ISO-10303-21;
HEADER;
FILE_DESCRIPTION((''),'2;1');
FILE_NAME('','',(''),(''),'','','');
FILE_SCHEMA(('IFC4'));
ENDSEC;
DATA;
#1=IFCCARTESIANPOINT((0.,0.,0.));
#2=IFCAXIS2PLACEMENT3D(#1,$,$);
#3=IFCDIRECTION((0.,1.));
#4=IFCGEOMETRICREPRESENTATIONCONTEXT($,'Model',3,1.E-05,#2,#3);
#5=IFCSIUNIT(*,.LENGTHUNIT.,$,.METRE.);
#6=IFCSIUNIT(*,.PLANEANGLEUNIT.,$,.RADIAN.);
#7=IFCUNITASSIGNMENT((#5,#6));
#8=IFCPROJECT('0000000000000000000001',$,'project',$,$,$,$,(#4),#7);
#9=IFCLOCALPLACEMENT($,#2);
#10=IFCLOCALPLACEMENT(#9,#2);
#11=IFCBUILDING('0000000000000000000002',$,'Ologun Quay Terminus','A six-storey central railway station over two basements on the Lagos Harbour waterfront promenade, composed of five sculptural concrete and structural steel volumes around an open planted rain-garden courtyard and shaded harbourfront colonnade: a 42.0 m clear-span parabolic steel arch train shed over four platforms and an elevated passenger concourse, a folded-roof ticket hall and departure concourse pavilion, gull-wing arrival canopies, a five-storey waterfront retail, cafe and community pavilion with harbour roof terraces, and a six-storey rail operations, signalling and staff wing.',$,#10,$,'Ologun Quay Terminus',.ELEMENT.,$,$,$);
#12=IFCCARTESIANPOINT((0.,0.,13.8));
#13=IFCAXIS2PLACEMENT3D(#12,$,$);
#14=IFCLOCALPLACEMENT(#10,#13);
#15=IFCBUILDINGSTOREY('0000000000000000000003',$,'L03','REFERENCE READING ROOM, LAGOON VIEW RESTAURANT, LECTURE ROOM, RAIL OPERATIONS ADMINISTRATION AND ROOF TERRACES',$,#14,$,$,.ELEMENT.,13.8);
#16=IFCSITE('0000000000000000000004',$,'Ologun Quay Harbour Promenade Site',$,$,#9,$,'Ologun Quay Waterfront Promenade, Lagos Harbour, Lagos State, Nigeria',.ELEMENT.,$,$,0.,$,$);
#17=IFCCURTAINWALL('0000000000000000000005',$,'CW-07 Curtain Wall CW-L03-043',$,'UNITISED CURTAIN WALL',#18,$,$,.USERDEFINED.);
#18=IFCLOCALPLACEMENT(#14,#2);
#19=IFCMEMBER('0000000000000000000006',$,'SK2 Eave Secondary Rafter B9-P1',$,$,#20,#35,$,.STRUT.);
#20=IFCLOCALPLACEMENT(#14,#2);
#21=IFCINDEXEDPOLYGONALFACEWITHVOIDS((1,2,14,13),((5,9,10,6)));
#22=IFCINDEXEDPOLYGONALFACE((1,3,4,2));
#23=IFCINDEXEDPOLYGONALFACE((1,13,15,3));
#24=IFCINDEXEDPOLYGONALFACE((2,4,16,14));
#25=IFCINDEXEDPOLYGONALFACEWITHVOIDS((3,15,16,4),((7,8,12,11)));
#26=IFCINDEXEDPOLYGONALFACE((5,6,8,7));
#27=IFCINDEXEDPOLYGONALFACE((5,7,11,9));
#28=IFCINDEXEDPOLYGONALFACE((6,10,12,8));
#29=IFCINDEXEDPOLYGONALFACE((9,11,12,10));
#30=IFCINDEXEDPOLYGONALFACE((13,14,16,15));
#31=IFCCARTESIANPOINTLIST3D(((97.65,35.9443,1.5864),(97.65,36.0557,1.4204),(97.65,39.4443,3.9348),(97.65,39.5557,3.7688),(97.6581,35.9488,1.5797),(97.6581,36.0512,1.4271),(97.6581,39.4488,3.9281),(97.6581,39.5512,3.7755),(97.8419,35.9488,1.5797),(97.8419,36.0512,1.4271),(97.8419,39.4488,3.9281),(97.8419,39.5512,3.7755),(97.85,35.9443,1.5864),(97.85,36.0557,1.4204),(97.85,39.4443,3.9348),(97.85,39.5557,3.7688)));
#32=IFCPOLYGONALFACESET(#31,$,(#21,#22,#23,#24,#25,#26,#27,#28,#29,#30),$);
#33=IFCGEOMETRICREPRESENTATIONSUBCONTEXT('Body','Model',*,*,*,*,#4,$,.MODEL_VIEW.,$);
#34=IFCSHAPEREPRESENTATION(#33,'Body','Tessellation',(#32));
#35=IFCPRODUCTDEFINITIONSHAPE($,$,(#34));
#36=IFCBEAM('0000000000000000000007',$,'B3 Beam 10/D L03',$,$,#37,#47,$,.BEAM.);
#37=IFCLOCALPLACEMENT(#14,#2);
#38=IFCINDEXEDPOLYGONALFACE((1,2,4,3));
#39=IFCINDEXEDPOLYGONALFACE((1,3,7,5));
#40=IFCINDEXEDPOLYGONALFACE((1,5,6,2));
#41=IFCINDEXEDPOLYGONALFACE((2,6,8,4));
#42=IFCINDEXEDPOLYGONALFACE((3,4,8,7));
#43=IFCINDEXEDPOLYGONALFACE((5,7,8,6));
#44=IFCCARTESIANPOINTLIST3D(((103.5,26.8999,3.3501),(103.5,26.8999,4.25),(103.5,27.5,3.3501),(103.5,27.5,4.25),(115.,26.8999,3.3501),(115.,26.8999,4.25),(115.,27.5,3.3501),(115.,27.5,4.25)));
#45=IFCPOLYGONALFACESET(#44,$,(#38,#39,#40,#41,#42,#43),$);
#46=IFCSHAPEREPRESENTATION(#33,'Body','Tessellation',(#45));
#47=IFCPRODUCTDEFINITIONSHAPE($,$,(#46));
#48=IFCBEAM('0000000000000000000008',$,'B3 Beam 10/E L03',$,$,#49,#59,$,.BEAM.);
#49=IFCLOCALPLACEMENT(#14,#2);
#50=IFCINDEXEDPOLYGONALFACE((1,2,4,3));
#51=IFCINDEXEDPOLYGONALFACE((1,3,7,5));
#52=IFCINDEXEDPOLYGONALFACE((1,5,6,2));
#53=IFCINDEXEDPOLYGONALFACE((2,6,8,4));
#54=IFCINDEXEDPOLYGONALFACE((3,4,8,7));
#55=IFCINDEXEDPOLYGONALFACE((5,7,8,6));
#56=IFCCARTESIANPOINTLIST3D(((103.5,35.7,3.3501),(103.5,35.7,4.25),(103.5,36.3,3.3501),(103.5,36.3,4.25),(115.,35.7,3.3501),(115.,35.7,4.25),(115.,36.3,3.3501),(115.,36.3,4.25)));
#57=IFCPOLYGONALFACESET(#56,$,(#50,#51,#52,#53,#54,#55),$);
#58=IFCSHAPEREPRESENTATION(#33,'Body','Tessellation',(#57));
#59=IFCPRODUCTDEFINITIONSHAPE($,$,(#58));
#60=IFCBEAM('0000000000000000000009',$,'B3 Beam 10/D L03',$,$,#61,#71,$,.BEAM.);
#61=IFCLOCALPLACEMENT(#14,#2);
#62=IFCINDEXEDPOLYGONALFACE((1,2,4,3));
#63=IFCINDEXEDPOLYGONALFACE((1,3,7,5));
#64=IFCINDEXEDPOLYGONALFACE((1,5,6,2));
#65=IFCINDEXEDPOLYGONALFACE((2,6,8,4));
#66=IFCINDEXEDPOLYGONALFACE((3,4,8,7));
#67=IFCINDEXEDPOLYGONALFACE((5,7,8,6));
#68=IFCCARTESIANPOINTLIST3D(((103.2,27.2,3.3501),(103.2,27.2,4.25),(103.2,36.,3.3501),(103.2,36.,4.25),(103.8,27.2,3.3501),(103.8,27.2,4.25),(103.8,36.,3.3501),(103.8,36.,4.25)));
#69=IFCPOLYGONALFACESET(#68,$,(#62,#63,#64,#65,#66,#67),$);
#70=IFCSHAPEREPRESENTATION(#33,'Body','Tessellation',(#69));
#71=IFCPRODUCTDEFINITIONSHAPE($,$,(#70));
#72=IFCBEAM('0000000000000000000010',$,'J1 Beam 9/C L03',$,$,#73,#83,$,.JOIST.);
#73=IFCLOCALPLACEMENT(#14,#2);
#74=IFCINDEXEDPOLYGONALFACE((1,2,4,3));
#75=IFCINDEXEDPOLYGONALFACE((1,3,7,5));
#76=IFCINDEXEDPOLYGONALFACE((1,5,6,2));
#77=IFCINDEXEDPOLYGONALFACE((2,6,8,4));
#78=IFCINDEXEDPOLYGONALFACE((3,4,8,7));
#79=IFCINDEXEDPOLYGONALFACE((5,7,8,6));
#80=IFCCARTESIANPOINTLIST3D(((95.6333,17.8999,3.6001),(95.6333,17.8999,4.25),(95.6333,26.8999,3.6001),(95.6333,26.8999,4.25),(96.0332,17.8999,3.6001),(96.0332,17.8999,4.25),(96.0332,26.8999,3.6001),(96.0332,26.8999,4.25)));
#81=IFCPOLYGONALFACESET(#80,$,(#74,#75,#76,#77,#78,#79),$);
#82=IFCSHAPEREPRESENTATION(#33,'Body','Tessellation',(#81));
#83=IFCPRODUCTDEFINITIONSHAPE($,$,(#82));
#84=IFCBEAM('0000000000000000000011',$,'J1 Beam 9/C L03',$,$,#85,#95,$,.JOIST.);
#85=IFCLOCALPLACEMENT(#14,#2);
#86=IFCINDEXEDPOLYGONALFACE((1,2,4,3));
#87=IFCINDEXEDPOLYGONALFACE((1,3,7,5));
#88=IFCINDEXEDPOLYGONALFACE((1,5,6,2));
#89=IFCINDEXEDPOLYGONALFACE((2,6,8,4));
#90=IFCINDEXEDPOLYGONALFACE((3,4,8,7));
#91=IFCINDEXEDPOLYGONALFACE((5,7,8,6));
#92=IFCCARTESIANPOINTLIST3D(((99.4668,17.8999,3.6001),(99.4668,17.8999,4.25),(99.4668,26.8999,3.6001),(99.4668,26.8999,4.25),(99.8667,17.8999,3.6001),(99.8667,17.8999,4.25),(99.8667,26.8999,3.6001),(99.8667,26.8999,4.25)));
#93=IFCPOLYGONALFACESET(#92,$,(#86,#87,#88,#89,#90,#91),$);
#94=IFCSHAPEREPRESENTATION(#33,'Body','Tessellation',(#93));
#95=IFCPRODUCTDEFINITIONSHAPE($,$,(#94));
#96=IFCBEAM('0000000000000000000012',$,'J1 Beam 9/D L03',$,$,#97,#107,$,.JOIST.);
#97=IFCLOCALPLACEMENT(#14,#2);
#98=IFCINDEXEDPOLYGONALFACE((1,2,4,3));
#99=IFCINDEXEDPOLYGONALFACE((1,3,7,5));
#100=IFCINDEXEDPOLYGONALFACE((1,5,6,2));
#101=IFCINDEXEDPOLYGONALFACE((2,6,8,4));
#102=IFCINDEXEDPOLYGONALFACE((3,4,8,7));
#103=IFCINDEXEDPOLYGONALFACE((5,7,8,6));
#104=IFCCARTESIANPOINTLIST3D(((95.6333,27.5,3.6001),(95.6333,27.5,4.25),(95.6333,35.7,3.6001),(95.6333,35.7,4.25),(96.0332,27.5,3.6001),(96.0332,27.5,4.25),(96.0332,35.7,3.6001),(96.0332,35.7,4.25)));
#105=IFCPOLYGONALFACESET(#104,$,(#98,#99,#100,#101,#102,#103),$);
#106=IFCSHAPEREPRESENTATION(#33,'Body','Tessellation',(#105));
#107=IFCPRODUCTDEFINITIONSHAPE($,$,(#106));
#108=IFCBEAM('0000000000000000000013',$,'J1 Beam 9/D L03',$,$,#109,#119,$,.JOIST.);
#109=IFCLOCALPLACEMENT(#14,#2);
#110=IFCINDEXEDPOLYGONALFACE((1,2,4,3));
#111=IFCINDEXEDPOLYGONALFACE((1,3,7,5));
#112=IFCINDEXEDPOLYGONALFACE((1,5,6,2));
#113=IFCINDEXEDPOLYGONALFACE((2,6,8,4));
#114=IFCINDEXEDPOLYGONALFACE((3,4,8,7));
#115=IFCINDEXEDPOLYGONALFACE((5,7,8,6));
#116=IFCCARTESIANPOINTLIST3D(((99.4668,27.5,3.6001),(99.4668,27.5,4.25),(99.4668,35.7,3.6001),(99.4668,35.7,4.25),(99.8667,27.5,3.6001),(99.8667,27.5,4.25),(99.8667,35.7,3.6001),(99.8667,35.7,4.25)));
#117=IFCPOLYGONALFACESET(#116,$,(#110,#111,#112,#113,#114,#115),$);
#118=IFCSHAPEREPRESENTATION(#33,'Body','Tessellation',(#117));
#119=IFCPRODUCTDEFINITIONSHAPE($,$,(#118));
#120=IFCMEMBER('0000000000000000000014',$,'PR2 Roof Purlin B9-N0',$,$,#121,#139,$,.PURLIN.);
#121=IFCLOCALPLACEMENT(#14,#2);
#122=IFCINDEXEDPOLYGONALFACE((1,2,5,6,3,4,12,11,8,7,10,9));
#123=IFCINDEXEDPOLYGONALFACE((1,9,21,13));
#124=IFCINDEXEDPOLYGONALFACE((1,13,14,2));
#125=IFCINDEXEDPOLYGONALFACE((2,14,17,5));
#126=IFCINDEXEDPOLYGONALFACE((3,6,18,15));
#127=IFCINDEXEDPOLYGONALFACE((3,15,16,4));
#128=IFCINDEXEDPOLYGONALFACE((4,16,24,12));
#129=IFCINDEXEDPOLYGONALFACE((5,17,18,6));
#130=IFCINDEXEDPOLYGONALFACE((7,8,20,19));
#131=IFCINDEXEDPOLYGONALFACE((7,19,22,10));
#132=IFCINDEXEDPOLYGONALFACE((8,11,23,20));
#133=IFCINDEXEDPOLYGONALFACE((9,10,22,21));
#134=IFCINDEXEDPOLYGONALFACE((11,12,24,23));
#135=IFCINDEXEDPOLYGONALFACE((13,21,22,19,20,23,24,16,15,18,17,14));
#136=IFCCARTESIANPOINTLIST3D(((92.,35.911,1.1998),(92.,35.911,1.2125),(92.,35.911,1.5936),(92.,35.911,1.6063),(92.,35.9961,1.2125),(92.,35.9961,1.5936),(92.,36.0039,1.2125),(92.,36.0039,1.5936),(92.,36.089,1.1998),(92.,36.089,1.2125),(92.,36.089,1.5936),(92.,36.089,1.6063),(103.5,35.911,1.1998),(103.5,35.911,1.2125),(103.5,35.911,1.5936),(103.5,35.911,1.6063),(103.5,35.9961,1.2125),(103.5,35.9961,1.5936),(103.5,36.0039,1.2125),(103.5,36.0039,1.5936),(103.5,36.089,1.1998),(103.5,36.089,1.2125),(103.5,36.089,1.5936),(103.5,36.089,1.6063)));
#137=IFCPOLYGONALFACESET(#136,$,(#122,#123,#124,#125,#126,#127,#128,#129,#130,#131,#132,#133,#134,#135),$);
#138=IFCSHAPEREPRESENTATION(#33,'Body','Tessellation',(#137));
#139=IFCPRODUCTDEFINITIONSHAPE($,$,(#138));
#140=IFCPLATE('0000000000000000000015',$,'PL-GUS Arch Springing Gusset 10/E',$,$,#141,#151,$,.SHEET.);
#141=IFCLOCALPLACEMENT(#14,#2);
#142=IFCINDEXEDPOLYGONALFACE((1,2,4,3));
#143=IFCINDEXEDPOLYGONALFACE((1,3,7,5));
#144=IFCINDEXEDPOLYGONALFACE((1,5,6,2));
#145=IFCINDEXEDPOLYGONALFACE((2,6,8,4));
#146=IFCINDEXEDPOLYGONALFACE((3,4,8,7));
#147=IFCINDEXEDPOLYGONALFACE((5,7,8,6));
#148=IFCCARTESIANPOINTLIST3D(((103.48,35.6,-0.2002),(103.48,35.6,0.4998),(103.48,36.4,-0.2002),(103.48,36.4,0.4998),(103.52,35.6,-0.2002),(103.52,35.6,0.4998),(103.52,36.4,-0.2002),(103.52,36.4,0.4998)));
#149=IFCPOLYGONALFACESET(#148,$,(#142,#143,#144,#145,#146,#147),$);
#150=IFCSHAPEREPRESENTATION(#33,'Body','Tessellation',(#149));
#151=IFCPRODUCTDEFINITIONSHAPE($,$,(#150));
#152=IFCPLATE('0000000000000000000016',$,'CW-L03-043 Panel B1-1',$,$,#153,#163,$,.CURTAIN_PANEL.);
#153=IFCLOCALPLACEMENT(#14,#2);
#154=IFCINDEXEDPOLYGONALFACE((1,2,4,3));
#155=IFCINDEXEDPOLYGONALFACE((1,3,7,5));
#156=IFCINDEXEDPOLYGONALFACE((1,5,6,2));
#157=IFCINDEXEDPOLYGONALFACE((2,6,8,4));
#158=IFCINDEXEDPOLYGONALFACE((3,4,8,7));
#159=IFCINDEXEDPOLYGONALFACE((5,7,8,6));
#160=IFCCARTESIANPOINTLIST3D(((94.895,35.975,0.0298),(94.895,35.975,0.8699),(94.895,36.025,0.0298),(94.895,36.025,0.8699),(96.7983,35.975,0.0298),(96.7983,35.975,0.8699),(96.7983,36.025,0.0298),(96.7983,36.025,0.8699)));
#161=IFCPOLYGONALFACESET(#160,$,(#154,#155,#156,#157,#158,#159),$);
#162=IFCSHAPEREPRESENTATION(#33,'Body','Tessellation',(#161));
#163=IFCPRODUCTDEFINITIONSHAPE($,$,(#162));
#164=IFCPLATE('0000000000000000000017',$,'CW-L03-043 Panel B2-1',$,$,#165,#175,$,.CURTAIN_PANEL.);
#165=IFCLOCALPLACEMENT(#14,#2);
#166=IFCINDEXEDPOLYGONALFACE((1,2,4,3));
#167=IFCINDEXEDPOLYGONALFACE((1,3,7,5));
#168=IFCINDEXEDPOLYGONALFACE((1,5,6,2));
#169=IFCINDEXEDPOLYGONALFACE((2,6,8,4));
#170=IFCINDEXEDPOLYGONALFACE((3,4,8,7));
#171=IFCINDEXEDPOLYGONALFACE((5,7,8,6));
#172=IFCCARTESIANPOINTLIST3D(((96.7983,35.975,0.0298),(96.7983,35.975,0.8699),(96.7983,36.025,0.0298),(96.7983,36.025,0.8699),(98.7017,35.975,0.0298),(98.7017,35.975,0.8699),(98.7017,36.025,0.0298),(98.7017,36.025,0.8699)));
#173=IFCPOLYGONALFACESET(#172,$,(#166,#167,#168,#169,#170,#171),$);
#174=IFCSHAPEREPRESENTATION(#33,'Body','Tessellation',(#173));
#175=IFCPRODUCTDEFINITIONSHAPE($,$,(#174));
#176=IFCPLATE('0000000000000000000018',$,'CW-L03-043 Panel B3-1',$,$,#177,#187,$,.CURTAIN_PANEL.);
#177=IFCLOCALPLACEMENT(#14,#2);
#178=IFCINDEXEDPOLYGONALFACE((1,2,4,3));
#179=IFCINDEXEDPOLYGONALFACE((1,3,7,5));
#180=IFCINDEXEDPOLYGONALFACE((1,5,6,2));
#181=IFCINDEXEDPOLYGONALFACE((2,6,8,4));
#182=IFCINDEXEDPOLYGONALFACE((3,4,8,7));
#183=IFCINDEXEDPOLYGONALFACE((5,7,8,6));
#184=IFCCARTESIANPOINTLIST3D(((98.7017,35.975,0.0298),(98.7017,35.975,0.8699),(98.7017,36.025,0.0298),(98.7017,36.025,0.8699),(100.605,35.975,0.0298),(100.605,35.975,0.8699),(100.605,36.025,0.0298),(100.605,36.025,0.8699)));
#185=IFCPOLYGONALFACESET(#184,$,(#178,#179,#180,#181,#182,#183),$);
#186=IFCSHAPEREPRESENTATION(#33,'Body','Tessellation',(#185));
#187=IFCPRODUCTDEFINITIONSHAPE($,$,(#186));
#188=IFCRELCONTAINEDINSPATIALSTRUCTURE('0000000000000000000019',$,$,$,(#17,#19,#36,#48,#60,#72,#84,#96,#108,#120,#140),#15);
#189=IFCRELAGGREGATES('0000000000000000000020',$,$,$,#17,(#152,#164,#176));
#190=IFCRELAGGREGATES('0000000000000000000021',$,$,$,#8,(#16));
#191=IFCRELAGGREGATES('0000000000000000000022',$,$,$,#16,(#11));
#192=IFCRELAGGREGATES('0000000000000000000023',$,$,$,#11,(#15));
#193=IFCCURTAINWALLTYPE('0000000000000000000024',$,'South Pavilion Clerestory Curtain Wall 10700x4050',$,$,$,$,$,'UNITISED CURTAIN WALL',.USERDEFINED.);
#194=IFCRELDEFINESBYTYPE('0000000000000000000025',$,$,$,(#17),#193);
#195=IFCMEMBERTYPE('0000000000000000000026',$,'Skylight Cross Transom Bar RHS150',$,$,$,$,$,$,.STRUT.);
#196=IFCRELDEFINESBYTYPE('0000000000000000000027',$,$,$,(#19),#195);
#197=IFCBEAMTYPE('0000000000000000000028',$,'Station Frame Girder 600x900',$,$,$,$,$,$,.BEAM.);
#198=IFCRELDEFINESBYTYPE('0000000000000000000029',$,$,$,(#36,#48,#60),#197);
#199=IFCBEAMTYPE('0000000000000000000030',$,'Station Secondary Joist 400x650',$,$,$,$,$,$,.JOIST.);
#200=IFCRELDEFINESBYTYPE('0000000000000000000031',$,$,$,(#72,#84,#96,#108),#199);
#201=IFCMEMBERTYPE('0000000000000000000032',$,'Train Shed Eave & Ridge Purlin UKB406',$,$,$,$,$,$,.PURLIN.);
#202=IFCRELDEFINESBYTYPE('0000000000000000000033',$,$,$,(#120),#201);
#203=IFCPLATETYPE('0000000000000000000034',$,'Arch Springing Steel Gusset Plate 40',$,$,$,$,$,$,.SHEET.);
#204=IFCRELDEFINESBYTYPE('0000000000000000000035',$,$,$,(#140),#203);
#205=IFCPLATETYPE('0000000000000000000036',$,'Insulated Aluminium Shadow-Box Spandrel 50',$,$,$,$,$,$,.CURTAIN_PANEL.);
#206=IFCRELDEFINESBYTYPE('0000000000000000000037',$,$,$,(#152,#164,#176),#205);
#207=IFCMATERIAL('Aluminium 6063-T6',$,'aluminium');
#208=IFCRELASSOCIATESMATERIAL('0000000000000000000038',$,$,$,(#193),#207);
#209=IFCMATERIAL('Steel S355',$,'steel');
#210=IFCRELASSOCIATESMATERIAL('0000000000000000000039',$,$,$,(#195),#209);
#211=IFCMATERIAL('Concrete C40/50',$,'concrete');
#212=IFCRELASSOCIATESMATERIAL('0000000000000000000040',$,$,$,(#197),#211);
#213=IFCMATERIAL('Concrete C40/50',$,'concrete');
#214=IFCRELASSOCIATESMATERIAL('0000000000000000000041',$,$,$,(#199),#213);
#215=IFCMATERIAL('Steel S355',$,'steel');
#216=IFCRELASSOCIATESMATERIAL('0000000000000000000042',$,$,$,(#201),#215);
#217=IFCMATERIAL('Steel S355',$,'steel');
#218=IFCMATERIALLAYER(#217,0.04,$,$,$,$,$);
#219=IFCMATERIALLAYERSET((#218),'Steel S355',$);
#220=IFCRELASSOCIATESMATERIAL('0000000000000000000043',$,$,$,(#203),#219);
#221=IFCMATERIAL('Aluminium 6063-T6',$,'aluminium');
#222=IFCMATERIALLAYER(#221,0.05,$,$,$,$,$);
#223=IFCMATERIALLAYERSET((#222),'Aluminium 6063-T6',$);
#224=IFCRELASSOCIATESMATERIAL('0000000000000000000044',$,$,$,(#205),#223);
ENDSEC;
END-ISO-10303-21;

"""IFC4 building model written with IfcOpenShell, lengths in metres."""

from ifc_helpers import new_model, si_unit, direction, frame, origin, origin_2d, place, context, subcontext, project, spatial, rectangle, hollow_rectangle, i_section, extrude, material, layer, layer_set, material_profile, profile_set, type_object, element, aggregate, save


model = new_model("IFC4")

# Units and contexts
model_context = context("Model", 3, precision=1e-05, world=origin(), true_north=direction((0.0, 1.0)))
body_context = subcontext(model_context, "Body", "Model", "MODEL_VIEW")
ifc_project = project(units=[si_unit("LENGTHUNIT", "METRE"), si_unit("PLANEANGLEUNIT", "RADIAN")], contexts=[model_context])

# Site, building, storey
site_placement = place(None, origin())
site = spatial("IfcSite", under=ifc_project, at=site_placement, Name="Ologun Quay Harbour Promenade Site", LongName="Ologun Quay Waterfront Promenade, Lagos Harbour, Lagos State, Nigeria", CompositionType="ELEMENT", RefElevation=0.0)
building_placement = place(site_placement, origin())
building = spatial("IfcBuilding", under=site, at=building_placement, Name="Ologun Quay Terminus", Description="A six-storey central railway station over two basements on the Lagos Harbour waterfront promenade, composed of five sculptural concrete and structural steel volumes around an open planted rain-garden courtyard and shaded harbourfront colonnade: a 42.0 m clear-span parabolic steel arch train shed over four platforms and an elevated passenger concourse, a folded-roof ticket hall and departure concourse pavilion, gull-wing arrival canopies, a five-storey waterfront retail, cafe and community pavilion with harbour roof terraces, and a six-storey rail operations, signalling and staff wing.", LongName="Ologun Quay Terminus", CompositionType="ELEMENT")
storey_placement = place(building_placement, frame((0.0, 0.0, 13.8)))
storey = spatial("IfcBuildingStorey", under=building, at=storey_placement, Name="L03", Description="REFERENCE READING ROOM, LAGOON VIEW RESTAURANT, LECTURE ROOM, RAIL OPERATIONS ADMINISTRATION AND ROOF TERRACES", CompositionType="ELEMENT", Elevation=13.8)

# Curtain wall
ifc_material_1 = material(Name="Aluminium 6063-T6", Category="aluminium")
curtain_wall_type = type_object("IfcCurtainWallType", Name="South Pavilion Clerestory Curtain Wall 10700x4050", ElementType="UNITISED CURTAIN WALL", PredefinedType="USERDEFINED", material=ifc_material_1)
curtain_wall_placement = place(storey_placement, origin())
curtain_wall = element("IfcCurtainWall", 1, at=curtain_wall_placement, inside=storey, type_object=curtain_wall_type, Name="CW-07 Curtain Wall CW-L03-043", ObjectType="UNITISED CURTAIN WALL", PredefinedType="USERDEFINED")

# Member
ifc_material_2 = material(Name="Steel S355", Category="steel")
ifc_material_profile_1 = material_profile(ifc_material_2, hollow_rectangle(XDim=0.2, YDim=0.2, WallThickness=0.0081, at=origin_2d()), Name="SHS 200x200x8")
ifc_profile_set_1 = profile_set([ifc_material_profile_1], Name="Steel S355")
member_type_1 = type_object("IfcMemberType", Name="Skylight Cross Transom Bar RHS150", PredefinedType="STRUT", material=ifc_profile_set_1)
member_1_placement = place(storey_placement, frame((97.75, 36.0, 1.5034), z_axis=(0.0, 0.830398, 0.557171), x_axis=(-1.0, 0.0, 0.0)))
element("IfcMember", 2, at=member_1_placement, inside=storey, type_object=member_type_1, Name="SK2 Eave Secondary Rafter B9-P1", PredefinedType="STRUT", context=body_context, shape_type="SweptSolid", body=[
    extrude(hollow_rectangle(XDim=0.2, YDim=0.2, WallThickness=0.0081, at=origin_2d()), origin(), (0.0, 0.0, 1.0), 4.2148),
])

# Beams
ifc_material_3 = material(Name="Concrete C40/50", Category="concrete")
ifc_material_profile_2 = material_profile(ifc_material_3, rectangle(XDim=0.6001, YDim=0.8999, at=origin_2d()), Name="RC 600x900")
ifc_profile_set_2 = profile_set([ifc_material_profile_2], Name="Concrete C40/50")
beam_type_1 = type_object("IfcBeamType", Name="Station Frame Girder 600x900", PredefinedType="BEAM", material=ifc_profile_set_2)
for number, where, z_axis, x_axis, name in (
    (3, (103.5, 27.2, 3.8), (1.0, 0.0, 0.0), (0.0, 1.0, 0.0), "B3 Beam 10/D L03"),
    (4, (103.5, 36.0, 3.8), (1.0, 0.0, 0.0), (0.0, 1.0, 0.0), "B3 Beam 10/E L03"),
):
    element("IfcBeam", number, at=place(storey_placement, frame(where, z_axis=z_axis, x_axis=x_axis)), inside=storey, type_object=beam_type_1, Name=name, PredefinedType="BEAM", context=body_context, shape_type="SweptSolid", body=[
        extrude(rectangle(XDim=0.6001, YDim=0.8999, at=origin_2d()), origin(), (0.0, 0.0, 1.0), 11.5),
    ])
beam_placement = place(storey_placement, frame((103.5, 27.2, 3.8), z_axis=(0.0, 1.0, 0.0), x_axis=(-1.0, 0.0, 0.0)))
element("IfcBeam", 5, at=beam_placement, inside=storey, type_object=beam_type_1, Name="B3 Beam 10/D L03", PredefinedType="BEAM", context=body_context, shape_type="SweptSolid", body=[
    extrude(rectangle(XDim=0.6001, YDim=0.8999, at=origin_2d()), origin(), (0.0, 0.0, 1.0), 8.8),
])
ifc_material_4 = material(Name="Concrete C40/50", Category="concrete")
ifc_material_profile_3 = material_profile(ifc_material_4, rectangle(XDim=0.3999, YDim=0.6499, at=origin_2d()), Name="RC 400x650")
ifc_profile_set_3 = profile_set([ifc_material_profile_3], Name="Concrete C40/50")
beam_type_2 = type_object("IfcBeamType", Name="Station Secondary Joist 400x650", PredefinedType="JOIST", material=ifc_profile_set_3)
for number, where, z_axis, x_axis, name in (
    (6, (95.8333, 17.8999, 3.925), (0.0, 1.0, 0.0), (-1.0, 0.0, 0.0), "J1 Beam 9/C L03"),
    (7, (99.6667, 17.8999, 3.925), (0.0, 1.0, 0.0), (-1.0, 0.0, 0.0), "J1 Beam 9/C L03"),
):
    element("IfcBeam", number, at=place(storey_placement, frame(where, z_axis=z_axis, x_axis=x_axis)), inside=storey, type_object=beam_type_2, Name=name, PredefinedType="JOIST", context=body_context, shape_type="SweptSolid", body=[
        extrude(rectangle(XDim=0.3999, YDim=0.6499, at=origin_2d()), origin(), (0.0, 0.0, 1.0), 9.0),
    ])
for number, where, z_axis, x_axis, name in (
    (8, (95.8333, 27.5, 3.925), (0.0, 1.0, 0.0), (-1.0, 0.0, 0.0), "J1 Beam 9/D L03"),
    (9, (99.6667, 27.5, 3.925), (0.0, 1.0, 0.0), (-1.0, 0.0, 0.0), "J1 Beam 9/D L03"),
):
    element("IfcBeam", number, at=place(storey_placement, frame(where, z_axis=z_axis, x_axis=x_axis)), inside=storey, type_object=beam_type_2, Name=name, PredefinedType="JOIST", context=body_context, shape_type="SweptSolid", body=[
        extrude(rectangle(XDim=0.3999, YDim=0.6499, at=origin_2d()), origin(), (0.0, 0.0, 1.0), 8.2),
    ])

# Member
ifc_material_5 = material(Name="Steel S355", Category="steel")
ifc_material_profile_4 = material_profile(ifc_material_5, i_section(OverallWidth=0.178, OverallDepth=0.4065, WebThickness=0.0078, FlangeThickness=0.0127, at=origin_2d()), Name="UKB 406x178x60")
ifc_profile_set_4 = profile_set([ifc_material_profile_4], Name="Steel S355")
member_type_2 = type_object("IfcMemberType", Name="Train Shed Eave & Ridge Purlin UKB406", PredefinedType="PURLIN", material=ifc_profile_set_4)
member_2_placement = place(storey_placement, frame((92.0, 36.0, 1.4031), z_axis=(1.0, 0.0, 0.0), x_axis=(0.0, 1.0, 0.0)))
element("IfcMember", 10, at=member_2_placement, inside=storey, type_object=member_type_2, Name="PR2 Roof Purlin B9-N0", PredefinedType="PURLIN", context=body_context, shape_type="SweptSolid", body=[
    extrude(i_section(OverallWidth=0.178, OverallDepth=0.4065, WebThickness=0.0078, FlangeThickness=0.0127, at=origin_2d()), origin(), (0.0, 0.0, 1.0), 11.5),
])

# Plates
ifc_material_6 = material(Name="Steel S355", Category="steel")
ifc_layer_1 = layer(ifc_material_6, 0.04)
ifc_layer_set_1 = layer_set([ifc_layer_1], Name="Steel S355")
plate_type_1 = type_object("IfcPlateType", Name="Arch Springing Steel Gusset Plate 40", PredefinedType="SHEET", material=ifc_layer_set_1)
plate_1_placement = place(storey_placement, frame((103.5, 36.0, -0.2002), z_axis=(0.0, 0.0, 1.0), x_axis=(0.0, 1.0, 0.0)))
element("IfcPlate", 11, at=plate_1_placement, inside=storey, type_object=plate_type_1, Name="PL-GUS Arch Springing Gusset 10/E", PredefinedType="SHEET", context=body_context, shape_type="SweptSolid", body=[
    extrude(rectangle(XDim=0.8, YDim=0.04, at=origin_2d()), origin(), (0.0, 0.0, 1.0), 0.7),
])
ifc_material_7 = material(Name="Aluminium 6063-T6", Category="aluminium")
ifc_layer_2 = layer(ifc_material_7, 0.05)
ifc_layer_set_2 = layer_set([ifc_layer_2], Name="Aluminium 6063-T6")
plate_type_2 = type_object("IfcPlateType", Name="Insulated Aluminium Shadow-Box Spandrel 50", PredefinedType="CURTAIN_PANEL", material=ifc_layer_set_2)
plate_2_placement = place(storey_placement, frame((95.8467, 36.0, 0.0298), z_axis=(0.0, 0.0, 1.0), x_axis=(1.0, 0.0, 0.0)))
plate_2 = element("IfcPlate", 12, at=plate_2_placement, type_object=plate_type_2, Name="CW-L03-043 Panel B1-1", PredefinedType="CURTAIN_PANEL", context=body_context, shape_type="SweptSolid", body=[
    extrude(rectangle(XDim=1.9033, YDim=0.05, at=origin_2d()), origin(), (0.0, 0.0, 1.0), 0.8401),
])
plate_3_placement = place(storey_placement, frame((97.75, 36.0, 0.0298), z_axis=(0.0, 0.0, 1.0), x_axis=(1.0, 0.0, 0.0)))
plate_3 = element("IfcPlate", 13, at=plate_3_placement, type_object=plate_type_2, Name="CW-L03-043 Panel B2-1", PredefinedType="CURTAIN_PANEL", context=body_context, shape_type="SweptSolid", body=[
    extrude(rectangle(XDim=1.9033, YDim=0.05, at=origin_2d()), origin(), (0.0, 0.0, 1.0), 0.8401),
])
plate_4_placement = place(storey_placement, frame((99.6533, 36.0, 0.0298), z_axis=(0.0, 0.0, 1.0), x_axis=(1.0, 0.0, 0.0)))
plate_4 = element("IfcPlate", 14, at=plate_4_placement, type_object=plate_type_2, Name="CW-L03-043 Panel B3-1", PredefinedType="CURTAIN_PANEL", context=body_context, shape_type="SweptSolid", body=[
    extrude(rectangle(XDim=1.9033, YDim=0.05, at=origin_2d()), origin(), (0.0, 0.0, 1.0), 0.8401),
])
aggregate(curtain_wall, [plate_2, plate_3, plate_4])

save(model, "model.ifc")
